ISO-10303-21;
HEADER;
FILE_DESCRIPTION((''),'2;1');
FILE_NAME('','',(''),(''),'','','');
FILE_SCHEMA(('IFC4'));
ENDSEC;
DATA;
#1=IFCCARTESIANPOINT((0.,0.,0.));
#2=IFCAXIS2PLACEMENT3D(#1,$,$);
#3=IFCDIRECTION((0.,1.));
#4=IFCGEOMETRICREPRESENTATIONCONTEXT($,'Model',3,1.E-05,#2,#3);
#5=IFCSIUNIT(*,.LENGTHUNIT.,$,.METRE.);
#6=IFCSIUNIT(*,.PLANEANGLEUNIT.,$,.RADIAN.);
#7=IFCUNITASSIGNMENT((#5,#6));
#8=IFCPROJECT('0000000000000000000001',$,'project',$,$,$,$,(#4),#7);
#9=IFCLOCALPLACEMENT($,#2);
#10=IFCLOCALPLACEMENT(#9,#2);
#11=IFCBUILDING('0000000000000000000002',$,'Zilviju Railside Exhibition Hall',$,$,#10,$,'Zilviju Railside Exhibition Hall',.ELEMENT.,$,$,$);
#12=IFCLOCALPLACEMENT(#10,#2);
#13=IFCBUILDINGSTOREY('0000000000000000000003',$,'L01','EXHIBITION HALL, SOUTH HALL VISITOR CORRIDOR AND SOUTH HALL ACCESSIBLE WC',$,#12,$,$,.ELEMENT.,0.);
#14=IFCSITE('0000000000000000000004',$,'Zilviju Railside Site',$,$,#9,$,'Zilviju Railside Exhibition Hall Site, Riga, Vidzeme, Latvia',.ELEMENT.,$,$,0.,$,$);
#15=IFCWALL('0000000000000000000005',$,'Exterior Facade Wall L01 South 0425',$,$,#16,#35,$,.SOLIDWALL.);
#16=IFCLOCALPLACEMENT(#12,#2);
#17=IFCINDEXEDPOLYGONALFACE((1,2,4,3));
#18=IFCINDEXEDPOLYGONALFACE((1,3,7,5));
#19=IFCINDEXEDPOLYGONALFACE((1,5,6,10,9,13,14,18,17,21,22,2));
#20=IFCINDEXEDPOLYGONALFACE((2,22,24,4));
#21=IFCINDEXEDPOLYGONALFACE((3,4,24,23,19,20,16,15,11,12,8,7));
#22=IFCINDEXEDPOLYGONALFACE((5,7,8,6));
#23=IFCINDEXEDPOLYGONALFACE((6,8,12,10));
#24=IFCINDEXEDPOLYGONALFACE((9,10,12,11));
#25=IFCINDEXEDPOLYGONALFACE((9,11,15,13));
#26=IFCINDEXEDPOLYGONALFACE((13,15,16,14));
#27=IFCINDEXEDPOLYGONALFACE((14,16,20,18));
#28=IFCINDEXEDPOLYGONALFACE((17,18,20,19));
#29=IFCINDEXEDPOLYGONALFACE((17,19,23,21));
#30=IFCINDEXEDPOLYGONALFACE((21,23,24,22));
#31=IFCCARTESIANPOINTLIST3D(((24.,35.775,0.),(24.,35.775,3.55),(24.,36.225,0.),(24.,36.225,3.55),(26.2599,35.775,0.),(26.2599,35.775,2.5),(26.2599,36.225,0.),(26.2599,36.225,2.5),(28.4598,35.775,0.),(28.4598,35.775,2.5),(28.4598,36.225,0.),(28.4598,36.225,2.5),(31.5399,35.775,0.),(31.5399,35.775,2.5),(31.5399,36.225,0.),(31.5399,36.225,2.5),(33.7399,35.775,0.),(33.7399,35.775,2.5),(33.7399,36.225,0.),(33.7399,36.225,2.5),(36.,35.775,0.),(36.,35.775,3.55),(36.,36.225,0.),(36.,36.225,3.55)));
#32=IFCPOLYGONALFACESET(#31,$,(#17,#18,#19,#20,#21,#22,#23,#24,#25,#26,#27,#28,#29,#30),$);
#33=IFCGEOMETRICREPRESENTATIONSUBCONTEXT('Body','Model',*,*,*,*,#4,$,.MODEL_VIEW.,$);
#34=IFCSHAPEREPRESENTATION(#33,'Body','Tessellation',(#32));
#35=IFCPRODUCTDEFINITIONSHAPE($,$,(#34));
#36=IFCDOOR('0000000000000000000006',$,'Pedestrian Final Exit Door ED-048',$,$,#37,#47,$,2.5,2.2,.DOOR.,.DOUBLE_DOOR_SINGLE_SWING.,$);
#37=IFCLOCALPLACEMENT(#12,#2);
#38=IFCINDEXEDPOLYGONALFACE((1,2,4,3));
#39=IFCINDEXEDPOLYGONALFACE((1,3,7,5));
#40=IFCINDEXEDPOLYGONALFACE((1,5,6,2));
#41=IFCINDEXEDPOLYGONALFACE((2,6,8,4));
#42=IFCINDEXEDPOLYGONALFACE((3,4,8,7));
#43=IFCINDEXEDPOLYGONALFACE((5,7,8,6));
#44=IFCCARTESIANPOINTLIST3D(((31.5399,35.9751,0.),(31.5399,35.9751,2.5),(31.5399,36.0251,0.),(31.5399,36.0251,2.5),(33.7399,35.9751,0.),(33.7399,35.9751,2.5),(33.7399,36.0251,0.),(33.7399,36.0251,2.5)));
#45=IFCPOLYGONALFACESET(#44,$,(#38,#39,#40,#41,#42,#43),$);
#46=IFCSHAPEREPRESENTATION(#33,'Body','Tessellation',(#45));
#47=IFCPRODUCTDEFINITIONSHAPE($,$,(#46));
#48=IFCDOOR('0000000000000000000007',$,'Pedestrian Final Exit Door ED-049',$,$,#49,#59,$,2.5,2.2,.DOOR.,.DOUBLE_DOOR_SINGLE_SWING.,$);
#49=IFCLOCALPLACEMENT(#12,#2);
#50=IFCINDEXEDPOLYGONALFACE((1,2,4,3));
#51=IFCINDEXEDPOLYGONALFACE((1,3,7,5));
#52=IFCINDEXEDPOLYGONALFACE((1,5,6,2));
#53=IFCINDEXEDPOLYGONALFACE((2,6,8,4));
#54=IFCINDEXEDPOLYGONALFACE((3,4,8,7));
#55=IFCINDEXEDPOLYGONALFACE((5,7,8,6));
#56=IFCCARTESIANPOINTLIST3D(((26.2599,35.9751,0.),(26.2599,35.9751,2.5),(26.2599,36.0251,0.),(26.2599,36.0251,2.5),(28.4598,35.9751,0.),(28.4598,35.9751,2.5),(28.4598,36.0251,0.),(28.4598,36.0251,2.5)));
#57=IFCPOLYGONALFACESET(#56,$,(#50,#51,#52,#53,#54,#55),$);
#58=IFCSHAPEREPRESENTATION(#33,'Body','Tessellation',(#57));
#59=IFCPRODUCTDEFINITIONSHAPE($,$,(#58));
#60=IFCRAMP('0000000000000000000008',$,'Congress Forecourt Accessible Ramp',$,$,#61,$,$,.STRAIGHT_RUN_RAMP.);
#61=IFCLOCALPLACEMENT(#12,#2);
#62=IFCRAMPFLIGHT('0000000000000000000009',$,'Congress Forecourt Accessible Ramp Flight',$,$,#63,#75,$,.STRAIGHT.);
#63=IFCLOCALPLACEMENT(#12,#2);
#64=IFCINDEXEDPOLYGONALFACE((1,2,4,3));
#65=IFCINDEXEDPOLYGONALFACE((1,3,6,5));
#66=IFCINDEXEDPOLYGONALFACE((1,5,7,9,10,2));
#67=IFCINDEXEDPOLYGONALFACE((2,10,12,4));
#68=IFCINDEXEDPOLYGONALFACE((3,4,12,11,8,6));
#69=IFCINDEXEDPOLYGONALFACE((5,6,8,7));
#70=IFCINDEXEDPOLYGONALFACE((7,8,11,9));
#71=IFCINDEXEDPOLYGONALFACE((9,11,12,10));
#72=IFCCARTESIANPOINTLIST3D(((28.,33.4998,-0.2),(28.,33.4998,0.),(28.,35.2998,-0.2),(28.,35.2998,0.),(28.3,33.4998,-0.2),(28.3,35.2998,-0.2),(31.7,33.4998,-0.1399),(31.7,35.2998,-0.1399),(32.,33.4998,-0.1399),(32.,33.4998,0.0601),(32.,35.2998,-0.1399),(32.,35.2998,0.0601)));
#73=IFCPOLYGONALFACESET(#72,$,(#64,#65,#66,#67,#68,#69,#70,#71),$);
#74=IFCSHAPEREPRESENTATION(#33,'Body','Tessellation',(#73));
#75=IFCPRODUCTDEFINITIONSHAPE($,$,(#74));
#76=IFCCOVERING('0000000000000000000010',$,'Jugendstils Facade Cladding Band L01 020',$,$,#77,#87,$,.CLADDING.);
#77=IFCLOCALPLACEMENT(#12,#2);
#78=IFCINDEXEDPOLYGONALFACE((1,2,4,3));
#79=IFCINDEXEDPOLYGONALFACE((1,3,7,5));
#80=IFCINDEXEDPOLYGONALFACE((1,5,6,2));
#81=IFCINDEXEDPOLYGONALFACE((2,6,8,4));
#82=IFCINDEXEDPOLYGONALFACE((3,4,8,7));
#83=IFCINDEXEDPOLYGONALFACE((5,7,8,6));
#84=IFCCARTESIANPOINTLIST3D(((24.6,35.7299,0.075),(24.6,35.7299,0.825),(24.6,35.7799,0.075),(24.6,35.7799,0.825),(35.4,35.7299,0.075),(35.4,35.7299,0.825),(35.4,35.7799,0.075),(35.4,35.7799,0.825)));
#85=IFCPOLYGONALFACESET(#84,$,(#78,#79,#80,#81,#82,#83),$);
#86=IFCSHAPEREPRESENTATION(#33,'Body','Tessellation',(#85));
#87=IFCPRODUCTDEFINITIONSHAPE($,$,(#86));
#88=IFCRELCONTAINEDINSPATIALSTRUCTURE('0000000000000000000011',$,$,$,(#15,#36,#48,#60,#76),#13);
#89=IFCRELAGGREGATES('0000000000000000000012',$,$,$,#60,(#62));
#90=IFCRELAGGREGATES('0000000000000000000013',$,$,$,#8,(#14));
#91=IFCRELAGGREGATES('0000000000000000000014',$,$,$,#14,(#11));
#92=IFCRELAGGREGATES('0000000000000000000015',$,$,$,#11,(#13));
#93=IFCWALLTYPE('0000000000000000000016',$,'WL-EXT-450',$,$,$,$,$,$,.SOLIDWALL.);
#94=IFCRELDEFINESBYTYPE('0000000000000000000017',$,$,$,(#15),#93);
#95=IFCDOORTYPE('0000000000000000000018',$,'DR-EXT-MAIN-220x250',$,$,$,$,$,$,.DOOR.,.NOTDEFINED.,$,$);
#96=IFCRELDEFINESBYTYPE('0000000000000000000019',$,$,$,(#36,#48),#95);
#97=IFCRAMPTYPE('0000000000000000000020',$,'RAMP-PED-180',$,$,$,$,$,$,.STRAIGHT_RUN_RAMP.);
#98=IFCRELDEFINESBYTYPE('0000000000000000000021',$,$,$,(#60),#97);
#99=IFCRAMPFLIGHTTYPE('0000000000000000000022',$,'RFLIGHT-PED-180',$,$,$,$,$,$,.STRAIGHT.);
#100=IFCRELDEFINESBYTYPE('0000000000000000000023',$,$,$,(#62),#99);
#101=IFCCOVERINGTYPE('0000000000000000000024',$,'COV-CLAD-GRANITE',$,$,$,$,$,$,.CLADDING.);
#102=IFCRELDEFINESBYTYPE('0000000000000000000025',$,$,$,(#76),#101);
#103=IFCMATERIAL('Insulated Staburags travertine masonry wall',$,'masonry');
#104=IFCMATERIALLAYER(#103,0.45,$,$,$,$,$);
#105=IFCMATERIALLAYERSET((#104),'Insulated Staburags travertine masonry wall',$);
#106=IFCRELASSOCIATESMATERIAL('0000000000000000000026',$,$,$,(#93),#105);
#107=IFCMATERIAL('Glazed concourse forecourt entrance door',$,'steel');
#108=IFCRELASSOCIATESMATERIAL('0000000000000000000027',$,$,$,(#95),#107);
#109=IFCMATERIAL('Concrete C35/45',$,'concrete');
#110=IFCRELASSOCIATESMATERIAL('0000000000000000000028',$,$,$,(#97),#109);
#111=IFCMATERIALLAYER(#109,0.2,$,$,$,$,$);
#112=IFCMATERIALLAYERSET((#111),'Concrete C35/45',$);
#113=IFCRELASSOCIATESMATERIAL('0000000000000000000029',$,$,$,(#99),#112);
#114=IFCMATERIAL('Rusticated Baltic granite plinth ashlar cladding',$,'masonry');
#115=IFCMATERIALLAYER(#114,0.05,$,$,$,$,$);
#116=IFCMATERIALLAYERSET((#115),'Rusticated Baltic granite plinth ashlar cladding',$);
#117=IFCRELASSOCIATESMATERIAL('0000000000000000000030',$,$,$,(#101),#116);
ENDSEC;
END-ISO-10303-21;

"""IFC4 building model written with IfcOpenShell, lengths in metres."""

from ifc_helpers import new_model, si_unit, direction, frame, frame_2d, origin, origin_2d, place, context, subcontext, project, spatial, polyline, rectangle, outline, extrude, material, layer, layer_set, type_object, element, fill, aggregate, save


model = new_model("IFC4")

# Units and contexts
model_context = context("Model", 3, precision=1e-05, world=origin(), true_north=direction((0.0, 1.0)))
body_context = subcontext(model_context, "Body", "Model", "MODEL_VIEW")
ifc_project = project(units=[si_unit("LENGTHUNIT", "METRE"), si_unit("PLANEANGLEUNIT", "RADIAN")], contexts=[model_context])

# Site, building, storey
site_placement = place(None, origin())
site = spatial("IfcSite", under=ifc_project, at=site_placement, Name="Zilviju Railside Site", LongName="Zilviju Railside Exhibition Hall Site, Riga, Vidzeme, Latvia", CompositionType="ELEMENT", RefElevation=0.0)
building_placement = place(site_placement, origin())
building = spatial("IfcBuilding", under=site, at=building_placement, Name="Zilviju Railside Exhibition Hall", LongName="Zilviju Railside Exhibition Hall", CompositionType="ELEMENT")
storey_placement = place(building_placement, origin())
storey = spatial("IfcBuildingStorey", under=building, at=storey_placement, Name="L01", Description="EXHIBITION HALL, SOUTH HALL VISITOR CORRIDOR AND SOUTH HALL ACCESSIBLE WC", CompositionType="ELEMENT", Elevation=0.0)

# Shared definitions
ifc_material_1 = material(Name="Concrete C35/45", Category="concrete")

# Shared definitions
ifc_material_2 = material(Name="Insulated Staburags travertine masonry wall", Category="masonry")
ifc_layer_1 = layer(ifc_material_2, 0.45)
ifc_layer_set_1 = layer_set([ifc_layer_1], Name="Insulated Staburags travertine masonry wall")
wall_type_1 = type_object("IfcWallType", Name="WL-EXT-450", PredefinedType="SOLIDWALL", material=ifc_layer_set_1)

# Wall, openings, doors
wall_1_placement = place(storey_placement, frame((36.0, 36.0, 0.0), z_axis=(0.0, 0.0, 1.0), x_axis=(-1.0, 0.0, 0.0)))
wall_1 = element("IfcWall", 1, at=wall_1_placement, inside=storey, type_object=wall_type_1, Name="Exterior Facade Wall L01 South 0425", PredefinedType="SOLIDWALL", context=body_context, shape_type="SweptSolid", body=[
    extrude(rectangle(XDim=12.0, YDim=0.45, at=frame_2d((6.0, 0.0))), origin(), (0.0, 0.0, 1.0), 3.55),
])
opening_1_placement = place(wall_1_placement, frame((2.26, 0.0, 0.0)))
opening_1 = element("IfcOpeningElement", 2, at=opening_1_placement, cuts=wall_1, PredefinedType="OPENING", context=body_context, shape_type="SweptSolid", body=[
    extrude(rectangle(XDim=2.2, YDim=2.5, at=frame_2d((1.1001, 1.25))), frame((0.0, 0.2349, 0.0), z_axis=(0.0, -1.0, 0.0), x_axis=(1.0, 0.0, 0.0)), (0.0, 0.0, 1.0), 0.47),
])
opening_2_placement = place(wall_1_placement, frame((7.54, 0.0, 0.0)))
opening_2 = element("IfcOpeningElement", 3, at=opening_2_placement, cuts=wall_1, PredefinedType="OPENING", context=body_context, shape_type="SweptSolid", body=[
    extrude(rectangle(XDim=2.2, YDim=2.5, at=frame_2d((1.1001, 1.25))), frame((0.0, 0.2349, 0.0), z_axis=(0.0, -1.0, 0.0), x_axis=(1.0, 0.0, 0.0)), (0.0, 0.0, 1.0), 0.47),
])
ifc_material_3 = material(Name="Glazed concourse forecourt entrance door", Category="steel")
door_type_1 = type_object("IfcDoorType", Name="DR-EXT-MAIN-220x250", OperationType="NOTDEFINED", PredefinedType="DOOR", material=ifc_material_3)
door_1_placement = place(opening_1_placement, origin())
door_1 = element("IfcDoor", 4, at=door_1_placement, inside=storey, type_object=door_type_1, Name="Pedestrian Final Exit Door ED-048", OperationType="DOUBLE_DOOR_SINGLE_SWING", OverallHeight=2.5, OverallWidth=2.2, PredefinedType="DOOR", context=body_context, shape_type="SweptSolid", body=[
    extrude(rectangle(XDim=2.2, YDim=2.5, at=frame_2d((1.1001, 1.25))), frame((0.0, 0.0249, 0.0), z_axis=(0.0, -1.0, 0.0), x_axis=(1.0, 0.0, 0.0)), (0.0, 0.0, 1.0), 0.05),
])
fill(opening_1, door_1)
door_2_placement = place(opening_2_placement, origin())
door_2 = element("IfcDoor", 5, at=door_2_placement, inside=storey, type_object=door_type_1, Name="Pedestrian Final Exit Door ED-049", OperationType="DOUBLE_DOOR_SINGLE_SWING", OverallHeight=2.5, OverallWidth=2.2, PredefinedType="DOOR", context=body_context, shape_type="SweptSolid", body=[
    extrude(rectangle(XDim=2.2, YDim=2.5, at=frame_2d((1.1001, 1.25))), frame((0.0, 0.0249, 0.0), z_axis=(0.0, -1.0, 0.0), x_axis=(1.0, 0.0, 0.0)), (0.0, 0.0, 1.0), 0.05),
])
fill(opening_2, door_2)

# Ramp, ramp flight
ramp_type = type_object("IfcRampType", Name="RAMP-PED-180", PredefinedType="STRAIGHT_RUN_RAMP", material=ifc_material_1)
ramp_placement = place(storey_placement, origin())
ramp = element("IfcRamp", 6, at=ramp_placement, inside=storey, type_object=ramp_type, Name="Congress Forecourt Accessible Ramp", PredefinedType="STRAIGHT_RUN_RAMP")
ifc_layer_2 = layer(ifc_material_1, 0.2)
ifc_layer_set_2 = layer_set([ifc_layer_2], Name="Concrete C35/45")
ramp_flight_type = type_object("IfcRampFlightType", Name="RFLIGHT-PED-180", PredefinedType="STRAIGHT", material=ifc_layer_set_2)
ramp_flight_placement = place(storey_placement, frame((28.0, 34.3999, 0.0), z_axis=(0.0, 0.0, 1.0), x_axis=(1.0, 0.0, 0.0)))
ramp_flight = element("IfcRampFlight", 7, at=ramp_flight_placement, type_object=ramp_flight_type, Name="Congress Forecourt Accessible Ramp Flight", PredefinedType="STRAIGHT", context=body_context, shape_type="SweptSolid", body=[
    extrude(outline(polyline([(0.0, -0.2), (0.0, 0.0), (4.0, 0.0601), (4.0, -0.1399), (3.7, -0.1399), (0.3, -0.2), (0.0, -0.2)])), frame((0.0, 0.8999, 0.0), z_axis=(0.0, -1.0, 0.0), x_axis=(1.0, 0.0, 0.0)), (0.0, 0.0, 1.0), 1.8),
])
aggregate(ramp, [ramp_flight])

# Covering
ifc_material_4 = material(Name="Rusticated Baltic granite plinth ashlar cladding", Category="masonry")
ifc_layer_3 = layer(ifc_material_4, 0.05)
ifc_layer_set_3 = layer_set([ifc_layer_3], Name="Rusticated Baltic granite plinth ashlar cladding")
covering_type = type_object("IfcCoveringType", Name="COV-CLAD-GRANITE", PredefinedType="CLADDING", material=ifc_layer_set_3)
covering_placement = place(storey_placement, frame((30.0, 35.7549, 0.075), z_axis=(0.0, 0.0, 1.0), x_axis=(-1.0, 0.0, 0.0)))
element("IfcCovering", 8, at=covering_placement, inside=storey, type_object=covering_type, Name="Jugendstils Facade Cladding Band L01 020", PredefinedType="CLADDING", context=body_context, shape_type="SweptSolid", body=[
    extrude(rectangle(XDim=10.8, YDim=0.05, at=origin_2d()), origin(), (0.0, 0.0, 1.0), 0.75),
])

save(model, "model.ifc")
